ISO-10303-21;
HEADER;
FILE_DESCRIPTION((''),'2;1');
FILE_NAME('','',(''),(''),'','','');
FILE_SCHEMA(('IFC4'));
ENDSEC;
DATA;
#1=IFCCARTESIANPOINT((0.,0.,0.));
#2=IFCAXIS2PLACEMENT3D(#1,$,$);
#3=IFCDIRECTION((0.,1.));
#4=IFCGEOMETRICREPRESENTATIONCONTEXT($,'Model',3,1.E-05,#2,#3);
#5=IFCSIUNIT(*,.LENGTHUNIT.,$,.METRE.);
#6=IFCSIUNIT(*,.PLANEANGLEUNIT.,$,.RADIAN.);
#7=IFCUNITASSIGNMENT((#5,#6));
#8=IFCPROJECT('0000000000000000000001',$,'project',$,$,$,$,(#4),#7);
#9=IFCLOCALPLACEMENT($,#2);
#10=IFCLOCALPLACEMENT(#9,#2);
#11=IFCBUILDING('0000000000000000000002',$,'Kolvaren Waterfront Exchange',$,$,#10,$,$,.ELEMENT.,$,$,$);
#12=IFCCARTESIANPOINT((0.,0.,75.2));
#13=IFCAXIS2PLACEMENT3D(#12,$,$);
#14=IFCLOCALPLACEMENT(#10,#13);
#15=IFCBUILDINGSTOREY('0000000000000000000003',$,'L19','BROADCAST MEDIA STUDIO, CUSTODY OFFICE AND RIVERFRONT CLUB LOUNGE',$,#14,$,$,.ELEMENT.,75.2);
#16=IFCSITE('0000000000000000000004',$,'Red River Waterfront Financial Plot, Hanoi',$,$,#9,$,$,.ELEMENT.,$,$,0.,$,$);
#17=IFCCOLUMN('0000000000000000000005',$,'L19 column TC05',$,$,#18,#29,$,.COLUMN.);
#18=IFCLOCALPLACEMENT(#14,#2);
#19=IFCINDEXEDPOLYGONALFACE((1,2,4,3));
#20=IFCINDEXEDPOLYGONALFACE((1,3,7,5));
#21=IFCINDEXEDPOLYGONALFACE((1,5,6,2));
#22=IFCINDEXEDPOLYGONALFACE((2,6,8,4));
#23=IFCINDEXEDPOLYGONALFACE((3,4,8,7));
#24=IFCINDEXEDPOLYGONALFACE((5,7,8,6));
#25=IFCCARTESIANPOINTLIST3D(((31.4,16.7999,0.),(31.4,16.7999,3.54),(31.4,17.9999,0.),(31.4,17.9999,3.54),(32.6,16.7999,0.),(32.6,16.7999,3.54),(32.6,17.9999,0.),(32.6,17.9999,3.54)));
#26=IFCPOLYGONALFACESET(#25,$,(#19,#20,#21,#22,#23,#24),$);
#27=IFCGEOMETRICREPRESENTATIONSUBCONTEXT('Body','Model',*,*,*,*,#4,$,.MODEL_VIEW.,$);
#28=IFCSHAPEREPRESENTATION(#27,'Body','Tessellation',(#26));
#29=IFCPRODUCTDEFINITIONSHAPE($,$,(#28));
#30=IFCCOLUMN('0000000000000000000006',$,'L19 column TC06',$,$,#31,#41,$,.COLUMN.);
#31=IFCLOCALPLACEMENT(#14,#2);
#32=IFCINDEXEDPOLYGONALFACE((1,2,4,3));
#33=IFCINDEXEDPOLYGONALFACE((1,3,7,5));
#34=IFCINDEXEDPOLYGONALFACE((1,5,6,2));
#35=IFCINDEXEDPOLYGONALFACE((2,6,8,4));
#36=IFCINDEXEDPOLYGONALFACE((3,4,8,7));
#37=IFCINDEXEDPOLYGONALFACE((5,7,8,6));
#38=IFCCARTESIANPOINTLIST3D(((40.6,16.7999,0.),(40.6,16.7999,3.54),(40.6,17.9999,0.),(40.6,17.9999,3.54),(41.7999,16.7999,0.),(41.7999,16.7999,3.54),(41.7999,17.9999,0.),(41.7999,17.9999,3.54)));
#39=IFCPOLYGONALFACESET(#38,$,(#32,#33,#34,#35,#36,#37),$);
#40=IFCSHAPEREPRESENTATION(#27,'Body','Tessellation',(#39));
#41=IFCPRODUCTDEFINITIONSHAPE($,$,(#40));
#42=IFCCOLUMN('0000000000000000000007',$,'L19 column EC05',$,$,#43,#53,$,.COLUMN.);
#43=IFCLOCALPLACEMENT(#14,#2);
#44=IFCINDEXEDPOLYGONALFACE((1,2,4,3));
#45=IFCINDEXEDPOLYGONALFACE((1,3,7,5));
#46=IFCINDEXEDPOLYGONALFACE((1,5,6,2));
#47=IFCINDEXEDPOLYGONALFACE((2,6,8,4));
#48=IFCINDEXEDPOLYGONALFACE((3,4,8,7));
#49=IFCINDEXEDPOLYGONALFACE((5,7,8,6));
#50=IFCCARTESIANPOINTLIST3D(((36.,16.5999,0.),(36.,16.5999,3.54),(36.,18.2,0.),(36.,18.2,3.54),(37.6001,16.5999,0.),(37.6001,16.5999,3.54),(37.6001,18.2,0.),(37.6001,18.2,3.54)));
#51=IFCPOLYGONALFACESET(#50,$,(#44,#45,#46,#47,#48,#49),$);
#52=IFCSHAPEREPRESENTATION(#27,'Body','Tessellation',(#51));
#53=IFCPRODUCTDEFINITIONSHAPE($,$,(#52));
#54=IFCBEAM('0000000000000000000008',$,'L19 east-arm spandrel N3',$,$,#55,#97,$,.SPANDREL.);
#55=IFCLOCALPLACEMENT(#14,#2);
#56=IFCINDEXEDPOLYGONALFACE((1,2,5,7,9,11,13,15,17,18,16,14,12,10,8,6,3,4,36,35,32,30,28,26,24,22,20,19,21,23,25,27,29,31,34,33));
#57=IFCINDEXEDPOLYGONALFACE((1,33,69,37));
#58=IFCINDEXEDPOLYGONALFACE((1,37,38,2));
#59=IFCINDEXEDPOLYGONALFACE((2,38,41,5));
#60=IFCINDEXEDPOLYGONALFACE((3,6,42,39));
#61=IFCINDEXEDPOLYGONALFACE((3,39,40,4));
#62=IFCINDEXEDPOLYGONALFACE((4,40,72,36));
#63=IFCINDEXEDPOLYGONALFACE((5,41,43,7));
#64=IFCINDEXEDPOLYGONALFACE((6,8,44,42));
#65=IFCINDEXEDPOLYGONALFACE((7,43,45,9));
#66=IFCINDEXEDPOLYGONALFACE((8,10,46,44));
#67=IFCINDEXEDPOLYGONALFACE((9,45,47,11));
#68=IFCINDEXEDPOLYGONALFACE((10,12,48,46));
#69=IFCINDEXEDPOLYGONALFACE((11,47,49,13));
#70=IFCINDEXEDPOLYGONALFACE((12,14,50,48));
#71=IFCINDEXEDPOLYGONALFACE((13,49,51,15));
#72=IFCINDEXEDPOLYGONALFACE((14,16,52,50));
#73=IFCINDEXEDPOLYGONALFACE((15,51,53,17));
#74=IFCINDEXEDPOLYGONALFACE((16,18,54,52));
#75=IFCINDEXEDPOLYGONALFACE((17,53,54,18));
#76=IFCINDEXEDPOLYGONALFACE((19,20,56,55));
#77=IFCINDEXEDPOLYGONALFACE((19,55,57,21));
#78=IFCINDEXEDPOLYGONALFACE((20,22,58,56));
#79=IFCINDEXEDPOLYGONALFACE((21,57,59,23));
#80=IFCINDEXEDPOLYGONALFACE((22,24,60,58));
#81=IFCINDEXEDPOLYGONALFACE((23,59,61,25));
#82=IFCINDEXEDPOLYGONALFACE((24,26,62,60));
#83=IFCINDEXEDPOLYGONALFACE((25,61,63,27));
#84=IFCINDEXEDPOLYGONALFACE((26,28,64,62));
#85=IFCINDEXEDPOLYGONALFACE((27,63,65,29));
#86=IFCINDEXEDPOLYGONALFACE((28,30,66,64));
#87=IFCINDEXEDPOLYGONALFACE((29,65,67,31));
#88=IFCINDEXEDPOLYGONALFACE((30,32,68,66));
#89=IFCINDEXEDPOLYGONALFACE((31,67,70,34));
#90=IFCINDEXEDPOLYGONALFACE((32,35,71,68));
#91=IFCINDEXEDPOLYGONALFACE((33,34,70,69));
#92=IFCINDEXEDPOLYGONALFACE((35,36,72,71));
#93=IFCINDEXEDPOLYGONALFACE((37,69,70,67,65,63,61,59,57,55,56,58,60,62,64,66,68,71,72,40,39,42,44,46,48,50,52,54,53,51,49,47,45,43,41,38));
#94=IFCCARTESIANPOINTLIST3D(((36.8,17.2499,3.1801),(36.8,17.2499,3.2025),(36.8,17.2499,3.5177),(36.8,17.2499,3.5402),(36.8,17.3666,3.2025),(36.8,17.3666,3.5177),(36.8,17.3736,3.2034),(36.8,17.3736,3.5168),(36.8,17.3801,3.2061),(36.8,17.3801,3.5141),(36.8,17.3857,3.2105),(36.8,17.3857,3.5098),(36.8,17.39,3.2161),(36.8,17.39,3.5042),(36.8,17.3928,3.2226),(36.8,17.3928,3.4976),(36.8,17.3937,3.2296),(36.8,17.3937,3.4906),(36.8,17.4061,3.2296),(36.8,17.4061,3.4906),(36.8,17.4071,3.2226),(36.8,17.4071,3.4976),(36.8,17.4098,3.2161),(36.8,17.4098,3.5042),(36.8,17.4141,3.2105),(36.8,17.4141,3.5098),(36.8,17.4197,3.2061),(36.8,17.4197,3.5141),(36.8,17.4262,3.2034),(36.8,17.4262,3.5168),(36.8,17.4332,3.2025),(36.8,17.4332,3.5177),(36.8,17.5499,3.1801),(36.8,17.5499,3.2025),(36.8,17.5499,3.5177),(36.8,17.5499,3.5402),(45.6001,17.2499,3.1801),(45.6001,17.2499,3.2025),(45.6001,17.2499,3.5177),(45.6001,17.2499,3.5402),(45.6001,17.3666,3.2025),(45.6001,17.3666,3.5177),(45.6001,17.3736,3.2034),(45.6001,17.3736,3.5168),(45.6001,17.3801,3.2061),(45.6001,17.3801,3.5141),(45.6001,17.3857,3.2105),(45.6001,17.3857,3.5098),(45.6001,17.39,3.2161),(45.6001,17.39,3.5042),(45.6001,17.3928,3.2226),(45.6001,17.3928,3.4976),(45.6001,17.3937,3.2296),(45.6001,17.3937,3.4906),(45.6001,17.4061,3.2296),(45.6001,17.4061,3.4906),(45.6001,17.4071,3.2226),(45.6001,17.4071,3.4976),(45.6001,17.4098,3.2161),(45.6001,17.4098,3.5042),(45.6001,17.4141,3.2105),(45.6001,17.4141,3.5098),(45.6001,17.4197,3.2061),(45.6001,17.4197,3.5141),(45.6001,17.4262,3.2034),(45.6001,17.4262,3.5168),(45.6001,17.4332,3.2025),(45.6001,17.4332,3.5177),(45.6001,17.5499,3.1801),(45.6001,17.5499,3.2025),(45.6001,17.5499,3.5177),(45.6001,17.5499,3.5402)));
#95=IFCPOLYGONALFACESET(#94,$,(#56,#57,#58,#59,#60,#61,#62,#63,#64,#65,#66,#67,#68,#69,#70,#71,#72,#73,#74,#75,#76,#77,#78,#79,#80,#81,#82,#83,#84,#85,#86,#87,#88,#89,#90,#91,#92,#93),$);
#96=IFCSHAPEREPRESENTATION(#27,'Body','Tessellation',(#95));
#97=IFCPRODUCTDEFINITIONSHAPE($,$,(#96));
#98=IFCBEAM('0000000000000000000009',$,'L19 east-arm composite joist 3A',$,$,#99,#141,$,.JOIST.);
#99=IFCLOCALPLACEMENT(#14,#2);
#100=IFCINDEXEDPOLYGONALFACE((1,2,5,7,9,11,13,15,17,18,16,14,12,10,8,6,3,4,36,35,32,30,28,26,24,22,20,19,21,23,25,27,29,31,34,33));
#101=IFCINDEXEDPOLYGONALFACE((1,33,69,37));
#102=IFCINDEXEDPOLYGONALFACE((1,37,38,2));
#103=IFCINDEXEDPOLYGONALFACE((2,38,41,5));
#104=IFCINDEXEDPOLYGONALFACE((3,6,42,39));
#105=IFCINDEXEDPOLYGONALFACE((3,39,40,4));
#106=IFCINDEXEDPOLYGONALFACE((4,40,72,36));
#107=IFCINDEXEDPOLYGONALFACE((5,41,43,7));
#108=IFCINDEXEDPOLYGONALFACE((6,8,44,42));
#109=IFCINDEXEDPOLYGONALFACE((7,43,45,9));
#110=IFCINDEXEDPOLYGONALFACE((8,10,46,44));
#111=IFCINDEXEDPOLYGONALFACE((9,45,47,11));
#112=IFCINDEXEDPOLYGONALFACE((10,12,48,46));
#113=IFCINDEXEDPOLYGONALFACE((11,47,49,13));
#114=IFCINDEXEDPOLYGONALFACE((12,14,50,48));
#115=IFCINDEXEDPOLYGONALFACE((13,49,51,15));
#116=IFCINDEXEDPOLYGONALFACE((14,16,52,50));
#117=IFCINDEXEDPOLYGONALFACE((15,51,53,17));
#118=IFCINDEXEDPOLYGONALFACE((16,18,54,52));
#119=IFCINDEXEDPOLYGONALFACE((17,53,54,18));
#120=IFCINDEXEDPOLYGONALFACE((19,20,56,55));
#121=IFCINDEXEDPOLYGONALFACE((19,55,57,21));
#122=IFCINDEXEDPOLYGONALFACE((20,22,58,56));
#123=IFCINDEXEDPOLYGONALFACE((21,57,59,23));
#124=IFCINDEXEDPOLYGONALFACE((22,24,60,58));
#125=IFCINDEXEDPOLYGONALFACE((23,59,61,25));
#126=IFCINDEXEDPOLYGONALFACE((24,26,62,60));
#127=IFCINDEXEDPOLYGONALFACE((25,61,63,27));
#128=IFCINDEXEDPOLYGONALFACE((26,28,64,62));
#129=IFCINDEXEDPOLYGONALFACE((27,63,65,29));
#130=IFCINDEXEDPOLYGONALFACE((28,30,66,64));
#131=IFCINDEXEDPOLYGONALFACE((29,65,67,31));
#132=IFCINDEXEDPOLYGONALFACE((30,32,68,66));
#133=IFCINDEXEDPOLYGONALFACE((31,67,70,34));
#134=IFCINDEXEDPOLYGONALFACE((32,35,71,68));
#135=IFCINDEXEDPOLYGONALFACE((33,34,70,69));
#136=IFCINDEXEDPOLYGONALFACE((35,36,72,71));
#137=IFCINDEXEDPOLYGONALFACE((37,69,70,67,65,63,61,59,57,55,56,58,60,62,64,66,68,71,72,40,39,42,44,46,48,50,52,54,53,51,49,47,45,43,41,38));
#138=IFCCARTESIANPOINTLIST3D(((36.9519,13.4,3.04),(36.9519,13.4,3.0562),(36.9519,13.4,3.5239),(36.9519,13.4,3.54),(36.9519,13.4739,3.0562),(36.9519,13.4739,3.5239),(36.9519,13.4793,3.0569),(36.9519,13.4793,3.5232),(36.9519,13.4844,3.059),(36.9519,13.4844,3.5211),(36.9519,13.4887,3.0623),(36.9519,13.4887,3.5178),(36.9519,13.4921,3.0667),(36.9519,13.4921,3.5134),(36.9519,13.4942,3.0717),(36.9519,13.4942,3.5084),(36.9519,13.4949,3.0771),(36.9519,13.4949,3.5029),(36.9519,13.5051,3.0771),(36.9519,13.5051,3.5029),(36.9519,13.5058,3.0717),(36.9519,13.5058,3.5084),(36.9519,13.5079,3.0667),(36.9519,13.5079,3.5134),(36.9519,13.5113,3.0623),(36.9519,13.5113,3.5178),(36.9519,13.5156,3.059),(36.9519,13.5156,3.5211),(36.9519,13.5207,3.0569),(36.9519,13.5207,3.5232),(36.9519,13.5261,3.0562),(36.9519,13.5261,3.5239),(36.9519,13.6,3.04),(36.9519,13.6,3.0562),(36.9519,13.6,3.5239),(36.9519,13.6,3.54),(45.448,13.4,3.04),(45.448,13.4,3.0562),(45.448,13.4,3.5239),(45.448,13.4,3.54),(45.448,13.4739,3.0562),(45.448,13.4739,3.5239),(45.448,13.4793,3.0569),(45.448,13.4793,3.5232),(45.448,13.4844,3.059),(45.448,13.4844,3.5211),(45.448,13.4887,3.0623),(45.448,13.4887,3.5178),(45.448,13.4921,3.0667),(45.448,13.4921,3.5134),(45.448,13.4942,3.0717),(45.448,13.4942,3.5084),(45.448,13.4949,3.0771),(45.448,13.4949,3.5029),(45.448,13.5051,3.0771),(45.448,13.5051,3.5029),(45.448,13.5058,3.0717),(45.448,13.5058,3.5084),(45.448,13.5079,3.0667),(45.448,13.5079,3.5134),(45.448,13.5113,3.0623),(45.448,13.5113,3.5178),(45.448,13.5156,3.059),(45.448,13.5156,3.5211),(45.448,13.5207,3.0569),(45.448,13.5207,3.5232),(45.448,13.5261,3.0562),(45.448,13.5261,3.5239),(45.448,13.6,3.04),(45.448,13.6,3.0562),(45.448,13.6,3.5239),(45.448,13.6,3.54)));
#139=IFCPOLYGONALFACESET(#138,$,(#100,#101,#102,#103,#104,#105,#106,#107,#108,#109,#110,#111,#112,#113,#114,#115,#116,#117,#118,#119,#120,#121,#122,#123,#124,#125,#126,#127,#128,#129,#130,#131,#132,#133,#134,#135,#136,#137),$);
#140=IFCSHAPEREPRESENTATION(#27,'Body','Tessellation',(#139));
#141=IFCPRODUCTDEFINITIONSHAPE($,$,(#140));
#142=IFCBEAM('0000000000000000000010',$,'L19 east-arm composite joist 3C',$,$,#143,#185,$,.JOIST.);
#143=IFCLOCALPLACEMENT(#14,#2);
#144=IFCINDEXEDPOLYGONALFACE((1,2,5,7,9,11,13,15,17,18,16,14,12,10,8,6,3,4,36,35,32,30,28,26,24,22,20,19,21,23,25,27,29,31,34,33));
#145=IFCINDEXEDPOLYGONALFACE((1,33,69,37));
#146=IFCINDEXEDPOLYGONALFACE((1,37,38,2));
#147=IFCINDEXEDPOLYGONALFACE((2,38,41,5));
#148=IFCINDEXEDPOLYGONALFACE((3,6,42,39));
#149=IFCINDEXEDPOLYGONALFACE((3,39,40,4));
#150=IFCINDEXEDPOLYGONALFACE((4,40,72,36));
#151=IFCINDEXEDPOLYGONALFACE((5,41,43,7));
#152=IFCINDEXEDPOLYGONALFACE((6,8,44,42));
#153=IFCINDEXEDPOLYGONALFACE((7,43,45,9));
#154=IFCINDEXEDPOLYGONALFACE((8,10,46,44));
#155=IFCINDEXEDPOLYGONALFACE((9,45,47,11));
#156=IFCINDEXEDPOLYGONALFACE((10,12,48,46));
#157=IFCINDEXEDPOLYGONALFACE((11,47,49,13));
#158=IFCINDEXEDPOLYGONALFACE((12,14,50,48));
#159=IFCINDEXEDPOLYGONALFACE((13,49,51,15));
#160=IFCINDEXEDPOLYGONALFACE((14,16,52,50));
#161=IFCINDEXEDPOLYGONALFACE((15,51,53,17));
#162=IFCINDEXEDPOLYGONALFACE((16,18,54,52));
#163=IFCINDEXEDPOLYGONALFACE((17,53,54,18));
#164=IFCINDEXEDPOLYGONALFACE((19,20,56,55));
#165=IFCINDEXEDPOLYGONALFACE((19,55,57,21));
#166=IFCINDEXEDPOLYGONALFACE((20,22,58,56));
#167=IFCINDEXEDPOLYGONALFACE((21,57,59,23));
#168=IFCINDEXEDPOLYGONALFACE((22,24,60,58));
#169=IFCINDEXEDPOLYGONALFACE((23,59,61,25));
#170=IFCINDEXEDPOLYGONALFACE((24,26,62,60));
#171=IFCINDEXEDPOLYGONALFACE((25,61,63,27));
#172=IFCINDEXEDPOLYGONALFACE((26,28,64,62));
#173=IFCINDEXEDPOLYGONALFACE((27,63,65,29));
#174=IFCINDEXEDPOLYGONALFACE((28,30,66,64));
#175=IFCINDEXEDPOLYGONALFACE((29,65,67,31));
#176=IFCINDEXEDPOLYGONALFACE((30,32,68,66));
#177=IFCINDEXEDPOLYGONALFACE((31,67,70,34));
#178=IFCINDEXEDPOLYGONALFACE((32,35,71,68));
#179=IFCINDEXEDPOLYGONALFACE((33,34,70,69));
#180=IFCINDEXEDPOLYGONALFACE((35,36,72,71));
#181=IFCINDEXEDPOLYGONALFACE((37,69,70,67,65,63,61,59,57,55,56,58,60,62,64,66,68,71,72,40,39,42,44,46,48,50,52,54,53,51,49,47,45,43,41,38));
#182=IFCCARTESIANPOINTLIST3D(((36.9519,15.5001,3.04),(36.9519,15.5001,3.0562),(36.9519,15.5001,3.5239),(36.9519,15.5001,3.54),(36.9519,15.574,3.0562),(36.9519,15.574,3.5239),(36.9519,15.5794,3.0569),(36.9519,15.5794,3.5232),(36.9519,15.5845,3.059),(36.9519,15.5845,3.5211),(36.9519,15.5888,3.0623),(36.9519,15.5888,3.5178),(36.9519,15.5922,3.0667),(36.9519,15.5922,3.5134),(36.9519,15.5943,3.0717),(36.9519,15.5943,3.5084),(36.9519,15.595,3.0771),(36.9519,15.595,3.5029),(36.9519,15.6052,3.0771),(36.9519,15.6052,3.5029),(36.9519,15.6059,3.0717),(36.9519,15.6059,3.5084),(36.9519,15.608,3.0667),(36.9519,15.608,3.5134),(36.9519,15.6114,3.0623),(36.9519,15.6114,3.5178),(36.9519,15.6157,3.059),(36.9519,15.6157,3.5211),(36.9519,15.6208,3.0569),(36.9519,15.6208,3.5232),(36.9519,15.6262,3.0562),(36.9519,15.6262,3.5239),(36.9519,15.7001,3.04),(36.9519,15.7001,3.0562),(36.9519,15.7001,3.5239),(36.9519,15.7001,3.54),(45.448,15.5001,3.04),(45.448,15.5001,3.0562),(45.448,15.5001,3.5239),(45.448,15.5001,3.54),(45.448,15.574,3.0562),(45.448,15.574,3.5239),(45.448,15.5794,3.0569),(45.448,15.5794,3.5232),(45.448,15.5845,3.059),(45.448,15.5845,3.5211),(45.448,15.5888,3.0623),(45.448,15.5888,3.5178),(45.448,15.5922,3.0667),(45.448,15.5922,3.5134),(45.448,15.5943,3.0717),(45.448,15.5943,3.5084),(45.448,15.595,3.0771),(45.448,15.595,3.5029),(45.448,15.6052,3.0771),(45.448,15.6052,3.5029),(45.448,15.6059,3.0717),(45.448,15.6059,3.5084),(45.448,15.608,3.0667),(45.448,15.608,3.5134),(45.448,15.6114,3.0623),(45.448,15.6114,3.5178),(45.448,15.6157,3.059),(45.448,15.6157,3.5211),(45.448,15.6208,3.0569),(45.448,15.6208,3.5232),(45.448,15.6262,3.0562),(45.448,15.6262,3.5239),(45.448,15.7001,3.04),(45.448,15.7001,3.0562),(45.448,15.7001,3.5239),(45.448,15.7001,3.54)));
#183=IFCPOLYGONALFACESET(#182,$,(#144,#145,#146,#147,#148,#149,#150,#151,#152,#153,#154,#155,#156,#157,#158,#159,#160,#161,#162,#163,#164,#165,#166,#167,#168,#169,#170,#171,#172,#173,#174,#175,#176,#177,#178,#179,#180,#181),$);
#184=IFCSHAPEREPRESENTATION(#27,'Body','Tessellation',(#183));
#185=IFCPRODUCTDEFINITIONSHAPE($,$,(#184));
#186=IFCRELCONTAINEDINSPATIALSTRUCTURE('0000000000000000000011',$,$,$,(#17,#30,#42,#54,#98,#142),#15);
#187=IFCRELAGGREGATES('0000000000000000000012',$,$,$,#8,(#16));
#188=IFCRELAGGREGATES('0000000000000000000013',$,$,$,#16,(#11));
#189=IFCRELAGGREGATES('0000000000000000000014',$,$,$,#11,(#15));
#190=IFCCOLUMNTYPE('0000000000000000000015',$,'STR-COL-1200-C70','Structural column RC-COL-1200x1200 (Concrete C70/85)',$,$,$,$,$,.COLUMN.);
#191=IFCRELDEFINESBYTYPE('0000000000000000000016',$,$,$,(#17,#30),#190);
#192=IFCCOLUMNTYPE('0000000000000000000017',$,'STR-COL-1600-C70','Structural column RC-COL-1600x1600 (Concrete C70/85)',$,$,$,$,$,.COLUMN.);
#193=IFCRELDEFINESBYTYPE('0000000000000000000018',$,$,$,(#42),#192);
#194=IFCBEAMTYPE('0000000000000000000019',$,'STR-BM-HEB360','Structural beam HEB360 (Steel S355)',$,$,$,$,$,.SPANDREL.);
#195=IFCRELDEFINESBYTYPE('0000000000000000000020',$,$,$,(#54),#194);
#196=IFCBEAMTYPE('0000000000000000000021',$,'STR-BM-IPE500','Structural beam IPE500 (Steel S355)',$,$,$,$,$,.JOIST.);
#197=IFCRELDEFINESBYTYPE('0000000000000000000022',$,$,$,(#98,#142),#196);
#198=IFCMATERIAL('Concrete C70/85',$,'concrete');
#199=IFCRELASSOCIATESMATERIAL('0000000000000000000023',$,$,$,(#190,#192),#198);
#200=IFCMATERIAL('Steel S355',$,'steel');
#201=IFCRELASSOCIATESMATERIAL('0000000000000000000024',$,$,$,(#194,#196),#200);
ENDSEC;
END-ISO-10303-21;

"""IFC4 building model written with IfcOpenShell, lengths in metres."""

from ifc_helpers import new_model, si_unit, direction, frame, origin, origin_2d, place, context, subcontext, project, spatial, rectangle, i_section, extrude, material, material_profile, profile_set, type_object, element, save


model = new_model("IFC4")

# Units and contexts
model_context = context("Model", 3, precision=1e-05, world=origin(), true_north=direction((0.0, 1.0)))
body_context = subcontext(model_context, "Body", "Model", "MODEL_VIEW")
ifc_project = project(units=[si_unit("LENGTHUNIT", "METRE"), si_unit("PLANEANGLEUNIT", "RADIAN")], contexts=[model_context])

# Site, building, storey
site_placement = place(None, origin())
site = spatial("IfcSite", under=ifc_project, at=site_placement, Name="Red River Waterfront Financial Plot, Hanoi", CompositionType="ELEMENT", RefElevation=0.0)
building_placement = place(site_placement, origin())
building = spatial("IfcBuilding", under=site, at=building_placement, Name="Kolvaren Waterfront Exchange", CompositionType="ELEMENT")
storey_placement = place(building_placement, frame((0.0, 0.0, 75.2)))
storey = spatial("IfcBuildingStorey", under=building, at=storey_placement, Name="L19", Description="BROADCAST MEDIA STUDIO, CUSTODY OFFICE AND RIVERFRONT CLUB LOUNGE", CompositionType="ELEMENT", Elevation=75.2)

# Columns
ifc_material_1 = material(Name="Concrete C70/85", Category="concrete")
ifc_material_profile_1 = material_profile(ifc_material_1, rectangle(XDim=1.2, YDim=1.2, at=origin_2d()), Name="RC-COL-1200x1200")
ifc_profile_set_1 = profile_set([ifc_material_profile_1], Name="Concrete C70/85")
column_type_1 = type_object("IfcColumnType", Name="STR-COL-1200-C70", Description="Structural column RC-COL-1200x1200 (Concrete C70/85)", PredefinedType="COLUMN", material=ifc_profile_set_1)
for number, where, z_axis, x_axis, name in (
    (1, (32.0, 17.3999, 0.0), (0.0, 0.0, 1.0), (1.0, 0.0, 0.0), "L19 column TC05"),
    (2, (41.2, 17.3999, 0.0), (0.0, 0.0, 1.0), (1.0, 0.0, 0.0), "L19 column TC06"),
):
    element("IfcColumn", number, at=place(storey_placement, frame(where, z_axis=z_axis, x_axis=x_axis)), inside=storey, type_object=column_type_1, Name=name, PredefinedType="COLUMN", context=body_context, shape_type="SweptSolid", body=[
        extrude(rectangle(XDim=1.2, YDim=1.2, at=origin_2d()), origin(), (0.0, 0.0, 1.0), 3.54),
    ])
ifc_material_profile_2 = material_profile(ifc_material_1, rectangle(XDim=1.6001, YDim=1.6001, at=origin_2d()), Name="RC-COL-1600x1600")
ifc_profile_set_2 = profile_set([ifc_material_profile_2], Name="Concrete C70/85")
column_type_2 = type_object("IfcColumnType", Name="STR-COL-1600-C70", Description="Structural column RC-COL-1600x1600 (Concrete C70/85)", PredefinedType="COLUMN", material=ifc_profile_set_2)
column_placement = place(storey_placement, frame((36.8, 17.3999, 0.0), z_axis=(0.0, 0.0, 1.0), x_axis=(1.0, 0.0, 0.0)))
element("IfcColumn", 3, at=column_placement, inside=storey, type_object=column_type_2, Name="L19 column EC05", PredefinedType="COLUMN", context=body_context, shape_type="SweptSolid", body=[
    extrude(rectangle(XDim=1.6001, YDim=1.6001, at=origin_2d()), origin(), (0.0, 0.0, 1.0), 3.54),
])

# Beams
ifc_material_2 = material(Name="Steel S355", Category="steel")
ifc_material_profile_3 = material_profile(ifc_material_2, i_section(OverallWidth=0.3, OverallDepth=0.3601, WebThickness=0.0125, FlangeThickness=0.0225, FilletRadius=0.0271, at=origin_2d()), Name="HEB360")
ifc_profile_set_3 = profile_set([ifc_material_profile_3], Name="Steel S355")
beam_type_1 = type_object("IfcBeamType", Name="STR-BM-HEB360", Description="Structural beam HEB360 (Steel S355)", PredefinedType="SPANDREL", material=ifc_profile_set_3)
beam_placement = place(storey_placement, frame((36.8, 17.3999, 3.3601), z_axis=(1.0, 0.0, 0.0), x_axis=(0.0, 1.0, 0.0)))
element("IfcBeam", 4, at=beam_placement, inside=storey, type_object=beam_type_1, Name="L19 east-arm spandrel N3", PredefinedType="SPANDREL", context=body_context, shape_type="SweptSolid", body=[
    extrude(i_section(OverallWidth=0.3, OverallDepth=0.3601, WebThickness=0.0125, FlangeThickness=0.0225, FilletRadius=0.0271, at=origin_2d()), origin(), (0.0, 0.0, 1.0), 8.8),
])
ifc_material_profile_4 = material_profile(ifc_material_2, i_section(OverallWidth=0.2, OverallDepth=0.5, WebThickness=0.0103, FlangeThickness=0.0161, FilletRadius=0.021, at=origin_2d()), Name="IPE500")
ifc_profile_set_4 = profile_set([ifc_material_profile_4], Name="Steel S355")
beam_type_2 = type_object("IfcBeamType", Name="STR-BM-IPE500", Description="Structural beam IPE500 (Steel S355)", PredefinedType="JOIST", material=ifc_profile_set_4)
for number, where, z_axis, x_axis, name in (
    (5, (36.9519, 13.5, 3.29), (1.0, 0.0, 0.0), (0.0, 1.0, 0.0), "L19 east-arm composite joist 3A"),
    (6, (36.9519, 15.6001, 3.29), (1.0, 0.0, 0.0), (0.0, 1.0, 0.0), "L19 east-arm composite joist 3C"),
):
    element("IfcBeam", number, at=place(storey_placement, frame(where, z_axis=z_axis, x_axis=x_axis)), inside=storey, type_object=beam_type_2, Name=name, PredefinedType="JOIST", context=body_context, shape_type="SweptSolid", body=[
        extrude(i_section(OverallWidth=0.2, OverallDepth=0.5, WebThickness=0.0103, FlangeThickness=0.0161, FilletRadius=0.021, at=origin_2d()), origin(), (0.0, 0.0, 1.0), 8.4961),
    ])

save(model, "model.ifc")
